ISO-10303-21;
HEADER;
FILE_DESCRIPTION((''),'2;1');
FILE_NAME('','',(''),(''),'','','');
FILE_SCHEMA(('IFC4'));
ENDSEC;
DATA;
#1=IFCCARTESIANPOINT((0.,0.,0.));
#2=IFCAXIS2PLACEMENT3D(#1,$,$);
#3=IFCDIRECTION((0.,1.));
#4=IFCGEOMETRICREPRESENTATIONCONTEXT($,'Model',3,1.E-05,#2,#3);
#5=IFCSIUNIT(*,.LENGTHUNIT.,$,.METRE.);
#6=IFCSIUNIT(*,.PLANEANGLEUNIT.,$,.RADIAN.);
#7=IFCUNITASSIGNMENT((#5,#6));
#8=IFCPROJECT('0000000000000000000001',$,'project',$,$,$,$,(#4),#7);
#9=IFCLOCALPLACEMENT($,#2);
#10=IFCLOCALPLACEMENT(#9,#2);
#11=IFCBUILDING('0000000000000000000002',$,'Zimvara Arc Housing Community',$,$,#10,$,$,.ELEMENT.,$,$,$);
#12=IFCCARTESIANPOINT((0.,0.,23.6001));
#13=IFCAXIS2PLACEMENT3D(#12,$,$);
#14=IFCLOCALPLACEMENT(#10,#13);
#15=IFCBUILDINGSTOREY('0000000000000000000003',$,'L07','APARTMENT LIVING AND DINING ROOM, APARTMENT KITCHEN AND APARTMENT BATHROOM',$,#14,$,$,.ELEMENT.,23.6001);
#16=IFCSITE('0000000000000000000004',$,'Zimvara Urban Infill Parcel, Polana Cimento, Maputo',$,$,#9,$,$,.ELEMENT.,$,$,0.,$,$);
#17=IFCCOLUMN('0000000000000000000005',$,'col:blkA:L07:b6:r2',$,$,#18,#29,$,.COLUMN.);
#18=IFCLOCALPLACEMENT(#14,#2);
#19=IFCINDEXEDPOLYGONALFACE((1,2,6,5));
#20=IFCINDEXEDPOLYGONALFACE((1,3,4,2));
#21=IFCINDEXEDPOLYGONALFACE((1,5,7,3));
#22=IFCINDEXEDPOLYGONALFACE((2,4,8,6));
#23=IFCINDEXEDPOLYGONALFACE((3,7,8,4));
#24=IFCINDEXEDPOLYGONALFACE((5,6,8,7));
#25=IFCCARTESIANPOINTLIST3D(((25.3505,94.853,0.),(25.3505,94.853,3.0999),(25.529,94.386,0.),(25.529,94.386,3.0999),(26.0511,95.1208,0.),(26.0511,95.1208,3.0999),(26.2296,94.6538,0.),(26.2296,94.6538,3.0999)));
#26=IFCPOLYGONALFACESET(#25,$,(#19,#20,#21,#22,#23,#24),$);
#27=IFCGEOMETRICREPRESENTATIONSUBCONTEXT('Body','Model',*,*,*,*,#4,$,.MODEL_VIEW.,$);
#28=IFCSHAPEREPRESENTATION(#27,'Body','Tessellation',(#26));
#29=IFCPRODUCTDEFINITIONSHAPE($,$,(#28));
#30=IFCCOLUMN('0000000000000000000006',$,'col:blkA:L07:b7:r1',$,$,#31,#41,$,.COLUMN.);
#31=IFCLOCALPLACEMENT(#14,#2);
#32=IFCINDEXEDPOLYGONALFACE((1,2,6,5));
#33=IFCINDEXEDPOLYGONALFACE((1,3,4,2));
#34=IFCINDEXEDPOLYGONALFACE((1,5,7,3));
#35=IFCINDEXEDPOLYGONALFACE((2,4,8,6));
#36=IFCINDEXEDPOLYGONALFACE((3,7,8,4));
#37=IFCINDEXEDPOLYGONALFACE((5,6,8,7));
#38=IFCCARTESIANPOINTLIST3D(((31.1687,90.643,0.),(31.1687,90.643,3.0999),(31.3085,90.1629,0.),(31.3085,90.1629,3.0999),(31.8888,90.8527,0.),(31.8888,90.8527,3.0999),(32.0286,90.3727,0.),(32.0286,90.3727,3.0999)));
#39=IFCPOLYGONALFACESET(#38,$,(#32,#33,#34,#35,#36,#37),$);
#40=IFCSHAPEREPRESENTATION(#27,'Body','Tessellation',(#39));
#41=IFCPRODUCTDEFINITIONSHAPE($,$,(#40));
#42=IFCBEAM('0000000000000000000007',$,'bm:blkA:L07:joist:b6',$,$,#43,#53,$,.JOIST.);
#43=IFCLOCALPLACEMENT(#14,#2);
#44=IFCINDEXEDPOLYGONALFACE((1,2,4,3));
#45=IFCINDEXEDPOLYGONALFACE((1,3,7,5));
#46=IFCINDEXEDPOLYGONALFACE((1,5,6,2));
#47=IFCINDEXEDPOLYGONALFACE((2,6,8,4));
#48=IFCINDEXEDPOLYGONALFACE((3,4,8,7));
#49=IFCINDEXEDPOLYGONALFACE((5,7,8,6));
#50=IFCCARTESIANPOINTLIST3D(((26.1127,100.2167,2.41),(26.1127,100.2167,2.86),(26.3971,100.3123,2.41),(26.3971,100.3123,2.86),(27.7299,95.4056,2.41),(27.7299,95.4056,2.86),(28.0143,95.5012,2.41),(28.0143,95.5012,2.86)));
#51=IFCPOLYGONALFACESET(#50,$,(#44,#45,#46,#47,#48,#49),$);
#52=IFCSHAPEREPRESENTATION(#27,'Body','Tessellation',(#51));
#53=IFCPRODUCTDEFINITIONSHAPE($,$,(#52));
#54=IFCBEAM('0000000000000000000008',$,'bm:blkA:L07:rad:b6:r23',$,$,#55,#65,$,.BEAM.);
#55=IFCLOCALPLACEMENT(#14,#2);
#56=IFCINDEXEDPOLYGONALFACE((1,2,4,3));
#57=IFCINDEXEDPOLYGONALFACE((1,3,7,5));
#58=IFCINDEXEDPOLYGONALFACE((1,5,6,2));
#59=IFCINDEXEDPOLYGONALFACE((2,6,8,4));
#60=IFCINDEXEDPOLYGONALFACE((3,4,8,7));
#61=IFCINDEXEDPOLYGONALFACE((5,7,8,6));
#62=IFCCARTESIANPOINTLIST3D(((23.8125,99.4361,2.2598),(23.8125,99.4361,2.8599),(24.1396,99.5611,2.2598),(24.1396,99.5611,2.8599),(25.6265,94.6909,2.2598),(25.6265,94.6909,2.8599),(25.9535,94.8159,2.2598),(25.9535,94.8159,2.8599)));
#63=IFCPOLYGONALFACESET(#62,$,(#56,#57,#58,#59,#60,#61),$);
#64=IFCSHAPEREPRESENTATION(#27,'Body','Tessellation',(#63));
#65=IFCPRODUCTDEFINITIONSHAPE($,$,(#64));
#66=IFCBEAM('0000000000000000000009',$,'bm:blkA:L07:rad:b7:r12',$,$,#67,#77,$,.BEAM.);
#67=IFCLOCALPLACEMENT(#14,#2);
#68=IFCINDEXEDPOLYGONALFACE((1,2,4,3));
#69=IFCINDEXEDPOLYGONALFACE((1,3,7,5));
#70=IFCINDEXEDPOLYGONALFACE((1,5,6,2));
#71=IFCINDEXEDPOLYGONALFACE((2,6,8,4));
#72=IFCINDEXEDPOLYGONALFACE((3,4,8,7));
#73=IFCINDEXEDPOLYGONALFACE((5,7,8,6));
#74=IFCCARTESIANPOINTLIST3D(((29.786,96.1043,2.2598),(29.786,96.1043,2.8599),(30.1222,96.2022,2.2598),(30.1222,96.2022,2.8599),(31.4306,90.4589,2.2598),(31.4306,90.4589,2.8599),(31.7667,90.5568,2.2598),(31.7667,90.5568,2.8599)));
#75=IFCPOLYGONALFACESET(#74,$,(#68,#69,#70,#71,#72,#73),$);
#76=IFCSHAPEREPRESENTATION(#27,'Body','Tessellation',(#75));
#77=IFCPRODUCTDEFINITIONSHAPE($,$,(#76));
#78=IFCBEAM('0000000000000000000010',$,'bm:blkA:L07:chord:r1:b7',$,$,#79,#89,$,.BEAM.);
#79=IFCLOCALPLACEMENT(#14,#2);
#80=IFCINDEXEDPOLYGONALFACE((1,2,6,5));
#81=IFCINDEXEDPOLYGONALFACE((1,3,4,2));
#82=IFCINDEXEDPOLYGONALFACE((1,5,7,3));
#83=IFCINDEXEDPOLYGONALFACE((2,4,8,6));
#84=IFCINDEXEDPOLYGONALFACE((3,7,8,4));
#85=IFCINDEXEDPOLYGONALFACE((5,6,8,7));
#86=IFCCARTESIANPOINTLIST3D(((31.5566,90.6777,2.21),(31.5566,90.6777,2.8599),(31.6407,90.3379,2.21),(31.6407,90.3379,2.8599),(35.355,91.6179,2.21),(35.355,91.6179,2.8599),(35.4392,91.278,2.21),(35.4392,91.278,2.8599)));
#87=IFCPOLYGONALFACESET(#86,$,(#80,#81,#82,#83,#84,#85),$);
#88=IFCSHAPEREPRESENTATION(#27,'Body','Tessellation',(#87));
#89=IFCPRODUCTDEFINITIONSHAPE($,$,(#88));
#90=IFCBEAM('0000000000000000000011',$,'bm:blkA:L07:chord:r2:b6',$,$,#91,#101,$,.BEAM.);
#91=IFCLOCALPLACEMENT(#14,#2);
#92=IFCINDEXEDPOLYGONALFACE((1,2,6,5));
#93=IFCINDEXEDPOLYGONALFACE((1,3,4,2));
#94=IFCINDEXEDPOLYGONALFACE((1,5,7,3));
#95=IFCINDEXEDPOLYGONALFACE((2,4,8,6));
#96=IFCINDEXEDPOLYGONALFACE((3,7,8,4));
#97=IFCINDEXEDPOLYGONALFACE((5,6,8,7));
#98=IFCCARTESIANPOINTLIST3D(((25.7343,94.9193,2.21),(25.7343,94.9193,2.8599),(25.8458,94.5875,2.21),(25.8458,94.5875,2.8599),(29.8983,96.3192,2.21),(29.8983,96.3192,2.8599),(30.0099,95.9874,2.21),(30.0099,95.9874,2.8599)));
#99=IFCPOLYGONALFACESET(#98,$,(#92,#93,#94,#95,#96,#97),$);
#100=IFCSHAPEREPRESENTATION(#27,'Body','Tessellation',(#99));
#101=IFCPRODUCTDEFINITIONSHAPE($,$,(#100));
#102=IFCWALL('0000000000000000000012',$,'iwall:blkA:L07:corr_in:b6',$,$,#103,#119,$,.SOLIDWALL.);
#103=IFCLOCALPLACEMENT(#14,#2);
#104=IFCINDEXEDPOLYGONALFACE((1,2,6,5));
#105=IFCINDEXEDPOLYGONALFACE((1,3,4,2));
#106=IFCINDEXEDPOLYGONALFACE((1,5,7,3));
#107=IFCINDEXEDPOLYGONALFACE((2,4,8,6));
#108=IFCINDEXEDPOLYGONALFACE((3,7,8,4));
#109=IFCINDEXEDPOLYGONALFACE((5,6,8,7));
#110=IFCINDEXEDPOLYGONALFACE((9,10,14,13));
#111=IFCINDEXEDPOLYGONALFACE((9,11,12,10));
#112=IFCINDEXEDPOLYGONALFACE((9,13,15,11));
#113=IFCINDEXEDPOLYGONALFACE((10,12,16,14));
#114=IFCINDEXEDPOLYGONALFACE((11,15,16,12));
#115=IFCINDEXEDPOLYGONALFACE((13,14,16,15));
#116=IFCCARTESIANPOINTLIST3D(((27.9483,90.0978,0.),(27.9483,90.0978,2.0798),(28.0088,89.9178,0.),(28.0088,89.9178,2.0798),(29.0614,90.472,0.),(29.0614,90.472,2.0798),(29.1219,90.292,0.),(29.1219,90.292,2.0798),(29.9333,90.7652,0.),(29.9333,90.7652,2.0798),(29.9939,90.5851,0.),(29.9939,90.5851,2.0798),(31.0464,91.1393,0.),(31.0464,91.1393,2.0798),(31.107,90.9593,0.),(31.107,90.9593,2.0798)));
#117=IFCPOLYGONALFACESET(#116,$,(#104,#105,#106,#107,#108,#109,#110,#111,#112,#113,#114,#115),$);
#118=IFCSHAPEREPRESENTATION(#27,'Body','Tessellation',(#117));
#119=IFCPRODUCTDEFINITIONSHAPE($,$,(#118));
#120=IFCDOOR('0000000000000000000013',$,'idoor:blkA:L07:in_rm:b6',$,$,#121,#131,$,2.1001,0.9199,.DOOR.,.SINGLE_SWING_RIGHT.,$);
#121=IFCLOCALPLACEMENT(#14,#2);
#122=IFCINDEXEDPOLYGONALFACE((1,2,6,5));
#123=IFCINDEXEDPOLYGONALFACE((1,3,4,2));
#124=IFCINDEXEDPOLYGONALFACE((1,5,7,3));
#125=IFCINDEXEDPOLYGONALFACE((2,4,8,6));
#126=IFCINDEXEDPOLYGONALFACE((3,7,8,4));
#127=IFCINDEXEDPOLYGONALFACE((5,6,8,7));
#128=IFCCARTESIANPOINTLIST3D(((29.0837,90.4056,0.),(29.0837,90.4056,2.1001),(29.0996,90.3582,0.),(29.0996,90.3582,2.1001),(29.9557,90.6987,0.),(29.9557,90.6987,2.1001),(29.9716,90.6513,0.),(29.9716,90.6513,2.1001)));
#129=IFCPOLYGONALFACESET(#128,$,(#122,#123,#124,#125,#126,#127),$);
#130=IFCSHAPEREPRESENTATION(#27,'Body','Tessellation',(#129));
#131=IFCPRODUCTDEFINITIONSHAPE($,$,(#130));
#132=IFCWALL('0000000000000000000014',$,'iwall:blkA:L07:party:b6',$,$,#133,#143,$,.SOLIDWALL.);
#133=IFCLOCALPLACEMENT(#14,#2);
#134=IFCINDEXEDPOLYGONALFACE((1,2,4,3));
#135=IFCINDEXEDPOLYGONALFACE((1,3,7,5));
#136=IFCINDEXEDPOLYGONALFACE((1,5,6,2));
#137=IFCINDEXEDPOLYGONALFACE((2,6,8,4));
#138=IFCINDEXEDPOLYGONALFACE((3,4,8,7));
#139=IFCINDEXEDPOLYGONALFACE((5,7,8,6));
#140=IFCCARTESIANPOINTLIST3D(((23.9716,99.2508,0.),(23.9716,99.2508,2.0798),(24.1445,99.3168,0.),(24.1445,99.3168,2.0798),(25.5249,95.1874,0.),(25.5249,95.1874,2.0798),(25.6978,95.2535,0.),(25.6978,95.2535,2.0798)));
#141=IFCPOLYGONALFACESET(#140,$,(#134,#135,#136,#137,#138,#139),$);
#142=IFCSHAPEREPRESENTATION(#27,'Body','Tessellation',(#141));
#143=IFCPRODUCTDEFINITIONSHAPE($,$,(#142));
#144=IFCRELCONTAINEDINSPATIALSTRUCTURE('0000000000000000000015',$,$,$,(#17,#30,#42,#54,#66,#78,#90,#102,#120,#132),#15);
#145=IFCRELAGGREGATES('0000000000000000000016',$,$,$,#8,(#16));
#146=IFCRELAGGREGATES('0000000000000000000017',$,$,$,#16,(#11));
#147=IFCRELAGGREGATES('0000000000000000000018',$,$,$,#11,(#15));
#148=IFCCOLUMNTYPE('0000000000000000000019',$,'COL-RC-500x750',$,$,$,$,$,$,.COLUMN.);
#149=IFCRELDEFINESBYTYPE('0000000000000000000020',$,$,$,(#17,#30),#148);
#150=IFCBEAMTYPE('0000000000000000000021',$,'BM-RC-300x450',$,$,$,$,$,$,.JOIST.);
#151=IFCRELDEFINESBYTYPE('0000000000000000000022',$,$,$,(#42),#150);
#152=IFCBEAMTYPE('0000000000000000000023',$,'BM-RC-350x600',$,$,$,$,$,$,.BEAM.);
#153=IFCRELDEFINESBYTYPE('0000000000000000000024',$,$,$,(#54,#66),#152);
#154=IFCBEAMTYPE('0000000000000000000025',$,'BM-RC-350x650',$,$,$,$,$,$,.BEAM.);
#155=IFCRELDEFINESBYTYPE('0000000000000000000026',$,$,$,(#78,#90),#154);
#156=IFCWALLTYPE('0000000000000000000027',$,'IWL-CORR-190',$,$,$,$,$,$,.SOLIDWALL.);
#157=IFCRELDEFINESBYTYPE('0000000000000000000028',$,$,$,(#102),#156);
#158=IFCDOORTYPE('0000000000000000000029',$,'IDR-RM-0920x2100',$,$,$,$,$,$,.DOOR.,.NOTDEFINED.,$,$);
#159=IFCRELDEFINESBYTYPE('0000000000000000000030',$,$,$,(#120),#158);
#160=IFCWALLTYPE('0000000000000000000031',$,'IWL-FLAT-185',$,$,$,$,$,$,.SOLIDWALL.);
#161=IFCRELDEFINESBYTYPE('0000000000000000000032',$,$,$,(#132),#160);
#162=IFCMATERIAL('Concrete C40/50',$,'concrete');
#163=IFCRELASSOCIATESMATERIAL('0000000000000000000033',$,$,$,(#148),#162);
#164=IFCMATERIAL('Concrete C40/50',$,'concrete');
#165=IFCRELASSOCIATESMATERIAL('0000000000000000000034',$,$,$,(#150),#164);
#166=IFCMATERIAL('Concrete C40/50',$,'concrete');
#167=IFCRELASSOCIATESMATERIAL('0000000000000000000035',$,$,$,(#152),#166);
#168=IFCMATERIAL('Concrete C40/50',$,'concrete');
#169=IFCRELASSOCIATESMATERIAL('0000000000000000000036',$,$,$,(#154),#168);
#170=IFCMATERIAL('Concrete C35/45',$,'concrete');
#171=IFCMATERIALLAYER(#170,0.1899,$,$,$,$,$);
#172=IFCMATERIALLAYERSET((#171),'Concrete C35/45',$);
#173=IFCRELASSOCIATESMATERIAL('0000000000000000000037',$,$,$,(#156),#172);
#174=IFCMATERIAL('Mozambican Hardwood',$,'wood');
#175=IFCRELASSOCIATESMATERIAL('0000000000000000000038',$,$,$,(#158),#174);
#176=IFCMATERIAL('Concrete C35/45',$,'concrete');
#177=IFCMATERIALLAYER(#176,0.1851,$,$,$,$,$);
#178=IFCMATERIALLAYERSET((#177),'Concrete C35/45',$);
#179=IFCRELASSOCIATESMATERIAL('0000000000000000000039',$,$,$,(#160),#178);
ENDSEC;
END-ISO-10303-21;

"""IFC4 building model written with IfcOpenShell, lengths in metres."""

from ifc_helpers import new_model, si_unit, direction, frame, frame_2d, origin, origin_2d, place, context, subcontext, project, spatial, rectangle, extrude, material, layer, layer_set, material_profile, profile_set, type_object, element, fill, save


model = new_model("IFC4")

# Units and contexts
model_context = context("Model", 3, precision=1e-05, world=origin(), true_north=direction((0.0, 1.0)))
body_context = subcontext(model_context, "Body", "Model", "MODEL_VIEW")
ifc_project = project(units=[si_unit("LENGTHUNIT", "METRE"), si_unit("PLANEANGLEUNIT", "RADIAN")], contexts=[model_context])

# Site, building, storey
site_placement = place(None, origin())
site = spatial("IfcSite", under=ifc_project, at=site_placement, Name="Zimvara Urban Infill Parcel, Polana Cimento, Maputo", CompositionType="ELEMENT", RefElevation=0.0)
building_placement = place(site_placement, origin())
building = spatial("IfcBuilding", under=site, at=building_placement, Name="Zimvara Arc Housing Community", CompositionType="ELEMENT")
storey_placement = place(building_placement, frame((0.0, 0.0, 23.6001)))
storey = spatial("IfcBuildingStorey", under=building, at=storey_placement, Name="L07", Description="APARTMENT LIVING AND DINING ROOM, APARTMENT KITCHEN AND APARTMENT BATHROOM", CompositionType="ELEMENT", Elevation=23.6001)

# Columns
ifc_material_1 = material(Name="Concrete C40/50", Category="concrete")
ifc_material_profile_1 = material_profile(ifc_material_1, rectangle(XDim=0.5, YDim=0.75, at=origin_2d()), Name="RC 500x750")
ifc_profile_set_1 = profile_set([ifc_material_profile_1], Name="Concrete C40/50")
column_type = type_object("IfcColumnType", Name="COL-RC-500x750", PredefinedType="COLUMN", material=ifc_profile_set_1)
for number, where, z_axis, x_axis, name in (
    (1, (25.79, 94.7534, 0.0), (0.0, 0.0, 1.0), (-0.357064, 0.93408, 0.0), "col:blkA:L07:b6:r2"),
    (2, (31.5986, 90.5078, 0.0), (0.0, 0.0, 1.0), (-0.279661, 0.960099, 0.0), "col:blkA:L07:b7:r1"),
):
    element("IfcColumn", number, at=place(storey_placement, frame(where, z_axis=z_axis, x_axis=x_axis)), inside=storey, type_object=column_type, Name=name, PredefinedType="COLUMN", context=body_context, shape_type="SweptSolid", body=[
        extrude(rectangle(XDim=0.5, YDim=0.75, at=origin_2d()), origin(), (0.0, 0.0, 1.0), 3.0999),
    ])

# Beams
ifc_material_2 = material(Name="Concrete C40/50", Category="concrete")
ifc_material_profile_2 = material_profile(ifc_material_2, rectangle(XDim=0.3, YDim=0.45, at=origin_2d()), Name="RC 300x450")
ifc_profile_set_2 = profile_set([ifc_material_profile_2], Name="Concrete C40/50")
beam_type_1 = type_object("IfcBeamType", Name="BM-RC-300x450", PredefinedType="JOIST", material=ifc_profile_set_2)
beam_1_placement = place(storey_placement, frame((27.8721, 95.4534, 2.635), z_axis=(-0.318608, 0.947887, 0.0), x_axis=(-0.947887, -0.318608, 0.0)))
element("IfcBeam", 3, at=beam_1_placement, inside=storey, type_object=beam_type_1, Name="bm:blkA:L07:joist:b6", PredefinedType="JOIST", context=body_context, shape_type="SweptSolid", body=[
    extrude(rectangle(XDim=0.3, YDim=0.45, at=origin_2d()), origin(), (0.0, 0.0, 1.0), 5.0757),
])
ifc_material_3 = material(Name="Concrete C40/50", Category="concrete")
ifc_material_profile_3 = material_profile(ifc_material_3, rectangle(XDim=0.3501, YDim=0.6001, at=origin_2d()), Name="RC 350x600")
ifc_profile_set_3 = profile_set([ifc_material_profile_3], Name="Concrete C40/50")
beam_type_2 = type_object("IfcBeamType", Name="BM-RC-350x600", PredefinedType="BEAM", material=ifc_profile_set_3)
beam_2_placement = place(storey_placement, frame((25.79, 94.7534, 2.5598), z_axis=(-0.357078, 0.934074, 0.0), x_axis=(-0.934074, -0.357078, 0.0)))
element("IfcBeam", 4, at=beam_2_placement, inside=storey, type_object=beam_type_2, Name="bm:blkA:L07:rad:b6:r23", PredefinedType="BEAM", context=body_context, shape_type="SweptSolid", body=[
    extrude(rectangle(XDim=0.3501, YDim=0.6001, at=origin_2d()), origin(), (0.0, 0.0, 1.0), 5.0801),
])
beam_3_placement = place(storey_placement, frame((31.5986, 90.5078, 2.5598), z_axis=(-0.279675, 0.960095, 0.0), x_axis=(-0.960095, -0.279675, 0.0)))
element("IfcBeam", 5, at=beam_3_placement, inside=storey, type_object=beam_type_2, Name="bm:blkA:L07:rad:b7:r12", PredefinedType="BEAM", context=body_context, shape_type="SweptSolid", body=[
    extrude(rectangle(XDim=0.3501, YDim=0.6001, at=origin_2d()), origin(), (0.0, 0.0, 1.0), 5.8801),
])
ifc_material_4 = material(Name="Concrete C40/50", Category="concrete")
ifc_material_profile_4 = material_profile(ifc_material_4, rectangle(XDim=0.3501, YDim=0.6499, at=origin_2d()), Name="RC 350x650")
ifc_profile_set_4 = profile_set([ifc_material_profile_4], Name="Concrete C40/50")
beam_type_3 = type_object("IfcBeamType", Name="BM-RC-350x650", PredefinedType="BEAM", material=ifc_profile_set_4)
beam_4_placement = place(storey_placement, frame((31.5986, 90.5078, 2.5349), z_axis=(0.970709, 0.24026, 0.0), x_axis=(-0.24026, 0.970709, 0.0)))
element("IfcBeam", 6, at=beam_4_placement, inside=storey, type_object=beam_type_3, Name="bm:blkA:L07:chord:r1:b7", PredefinedType="BEAM", context=body_context, shape_type="SweptSolid", body=[
    extrude(rectangle(XDim=0.3501, YDim=0.6499, at=origin_2d()), origin(), (0.0, 0.0, 1.0), 3.9131),
])
beam_5_placement = place(storey_placement, frame((25.79, 94.7534, 2.5349), z_axis=(0.947869, 0.318661, 0.0), x_axis=(-0.318661, 0.947869, 0.0)))
element("IfcBeam", 7, at=beam_5_placement, inside=storey, type_object=beam_type_3, Name="bm:blkA:L07:chord:r2:b6", PredefinedType="BEAM", context=body_context, shape_type="SweptSolid", body=[
    extrude(rectangle(XDim=0.3501, YDim=0.6499, at=origin_2d()), origin(), (0.0, 0.0, 1.0), 4.3931),
])

# Wall, opening, door
ifc_material_5 = material(Name="Concrete C35/45", Category="concrete")
ifc_layer_1 = layer(ifc_material_5, 0.1899)
ifc_layer_set_1 = layer_set([ifc_layer_1], Name="Concrete C35/45")
wall_type_1 = type_object("IfcWallType", Name="IWL-CORR-190", PredefinedType="SOLIDWALL", material=ifc_layer_set_1)
wall_1_placement = place(storey_placement, frame((27.9785, 90.0078, 0.0), z_axis=(0.0, 0.0, 1.0), x_axis=(0.947874, 0.318647, 0.0)))
wall_1 = element("IfcWall", 8, at=wall_1_placement, inside=storey, type_object=wall_type_1, Name="iwall:blkA:L07:corr_in:b6", PredefinedType="SOLIDWALL", context=body_context, shape_type="SweptSolid", body=[
    extrude(rectangle(XDim=3.2686, YDim=0.1899, at=frame_2d((1.6343, 0.0))), origin(), (0.0, 0.0, 1.0), 2.0798),
])
opening_1_placement = place(wall_1_placement, frame((1.1743, 0.0, 0.0)))
opening_1 = element("IfcOpeningElement", 9, at=opening_1_placement, cuts=wall_1, PredefinedType="OPENING", context=body_context, shape_type="SweptSolid", body=[
    extrude(rectangle(XDim=0.9199, YDim=2.1001, at=frame_2d((0.46, 1.05))), frame((0.0, 0.105, 0.0), z_axis=(0.0, -1.0, 0.0), x_axis=(1.0, 0.0, 0.0)), (0.0, 0.0, 1.0), 0.21),
])
ifc_material_6 = material(Name="Mozambican Hardwood", Category="wood")
door_type_1 = type_object("IfcDoorType", Name="IDR-RM-0920x2100", OperationType="NOTDEFINED", PredefinedType="DOOR", material=ifc_material_6)
door_1_placement = place(opening_1_placement, origin())
door_1 = element("IfcDoor", 10, at=door_1_placement, inside=storey, type_object=door_type_1, Name="idoor:blkA:L07:in_rm:b6", OperationType="SINGLE_SWING_RIGHT", OverallHeight=2.1001, OverallWidth=0.9199, PredefinedType="DOOR", context=body_context, shape_type="SweptSolid", body=[
    extrude(rectangle(XDim=0.9199, YDim=2.1001, at=frame_2d((0.46, 1.05))), frame((0.0, 0.0249, 0.0), z_axis=(0.0, -1.0, 0.0), x_axis=(1.0, 0.0, 0.0)), (0.0, 0.0, 1.0), 0.05),
])
fill(opening_1, door_1)

# Wall
ifc_material_7 = material(Name="Concrete C35/45", Category="concrete")
ifc_layer_2 = layer(ifc_material_7, 0.1851)
ifc_layer_set_2 = layer_set([ifc_layer_2], Name="Concrete C35/45")
wall_type_2 = type_object("IfcWallType", Name="IWL-FLAT-185", PredefinedType="SOLIDWALL", material=ifc_layer_set_2)
wall_2_placement = place(storey_placement, frame((25.6113, 95.2205, 0.0), z_axis=(0.0, 0.0, 1.0), x_axis=(-0.357064, 0.93408, 0.0)))
element("IfcWall", 11, at=wall_2_placement, inside=storey, type_object=wall_type_2, Name="iwall:blkA:L07:party:b6", PredefinedType="SOLIDWALL", context=body_context, shape_type="SweptSolid", body=[
    extrude(rectangle(XDim=4.3501, YDim=0.1851, at=frame_2d((2.175, 0.0))), origin(), (0.0, 0.0, 1.0), 2.0798),
])

save(model, "model.ifc")
